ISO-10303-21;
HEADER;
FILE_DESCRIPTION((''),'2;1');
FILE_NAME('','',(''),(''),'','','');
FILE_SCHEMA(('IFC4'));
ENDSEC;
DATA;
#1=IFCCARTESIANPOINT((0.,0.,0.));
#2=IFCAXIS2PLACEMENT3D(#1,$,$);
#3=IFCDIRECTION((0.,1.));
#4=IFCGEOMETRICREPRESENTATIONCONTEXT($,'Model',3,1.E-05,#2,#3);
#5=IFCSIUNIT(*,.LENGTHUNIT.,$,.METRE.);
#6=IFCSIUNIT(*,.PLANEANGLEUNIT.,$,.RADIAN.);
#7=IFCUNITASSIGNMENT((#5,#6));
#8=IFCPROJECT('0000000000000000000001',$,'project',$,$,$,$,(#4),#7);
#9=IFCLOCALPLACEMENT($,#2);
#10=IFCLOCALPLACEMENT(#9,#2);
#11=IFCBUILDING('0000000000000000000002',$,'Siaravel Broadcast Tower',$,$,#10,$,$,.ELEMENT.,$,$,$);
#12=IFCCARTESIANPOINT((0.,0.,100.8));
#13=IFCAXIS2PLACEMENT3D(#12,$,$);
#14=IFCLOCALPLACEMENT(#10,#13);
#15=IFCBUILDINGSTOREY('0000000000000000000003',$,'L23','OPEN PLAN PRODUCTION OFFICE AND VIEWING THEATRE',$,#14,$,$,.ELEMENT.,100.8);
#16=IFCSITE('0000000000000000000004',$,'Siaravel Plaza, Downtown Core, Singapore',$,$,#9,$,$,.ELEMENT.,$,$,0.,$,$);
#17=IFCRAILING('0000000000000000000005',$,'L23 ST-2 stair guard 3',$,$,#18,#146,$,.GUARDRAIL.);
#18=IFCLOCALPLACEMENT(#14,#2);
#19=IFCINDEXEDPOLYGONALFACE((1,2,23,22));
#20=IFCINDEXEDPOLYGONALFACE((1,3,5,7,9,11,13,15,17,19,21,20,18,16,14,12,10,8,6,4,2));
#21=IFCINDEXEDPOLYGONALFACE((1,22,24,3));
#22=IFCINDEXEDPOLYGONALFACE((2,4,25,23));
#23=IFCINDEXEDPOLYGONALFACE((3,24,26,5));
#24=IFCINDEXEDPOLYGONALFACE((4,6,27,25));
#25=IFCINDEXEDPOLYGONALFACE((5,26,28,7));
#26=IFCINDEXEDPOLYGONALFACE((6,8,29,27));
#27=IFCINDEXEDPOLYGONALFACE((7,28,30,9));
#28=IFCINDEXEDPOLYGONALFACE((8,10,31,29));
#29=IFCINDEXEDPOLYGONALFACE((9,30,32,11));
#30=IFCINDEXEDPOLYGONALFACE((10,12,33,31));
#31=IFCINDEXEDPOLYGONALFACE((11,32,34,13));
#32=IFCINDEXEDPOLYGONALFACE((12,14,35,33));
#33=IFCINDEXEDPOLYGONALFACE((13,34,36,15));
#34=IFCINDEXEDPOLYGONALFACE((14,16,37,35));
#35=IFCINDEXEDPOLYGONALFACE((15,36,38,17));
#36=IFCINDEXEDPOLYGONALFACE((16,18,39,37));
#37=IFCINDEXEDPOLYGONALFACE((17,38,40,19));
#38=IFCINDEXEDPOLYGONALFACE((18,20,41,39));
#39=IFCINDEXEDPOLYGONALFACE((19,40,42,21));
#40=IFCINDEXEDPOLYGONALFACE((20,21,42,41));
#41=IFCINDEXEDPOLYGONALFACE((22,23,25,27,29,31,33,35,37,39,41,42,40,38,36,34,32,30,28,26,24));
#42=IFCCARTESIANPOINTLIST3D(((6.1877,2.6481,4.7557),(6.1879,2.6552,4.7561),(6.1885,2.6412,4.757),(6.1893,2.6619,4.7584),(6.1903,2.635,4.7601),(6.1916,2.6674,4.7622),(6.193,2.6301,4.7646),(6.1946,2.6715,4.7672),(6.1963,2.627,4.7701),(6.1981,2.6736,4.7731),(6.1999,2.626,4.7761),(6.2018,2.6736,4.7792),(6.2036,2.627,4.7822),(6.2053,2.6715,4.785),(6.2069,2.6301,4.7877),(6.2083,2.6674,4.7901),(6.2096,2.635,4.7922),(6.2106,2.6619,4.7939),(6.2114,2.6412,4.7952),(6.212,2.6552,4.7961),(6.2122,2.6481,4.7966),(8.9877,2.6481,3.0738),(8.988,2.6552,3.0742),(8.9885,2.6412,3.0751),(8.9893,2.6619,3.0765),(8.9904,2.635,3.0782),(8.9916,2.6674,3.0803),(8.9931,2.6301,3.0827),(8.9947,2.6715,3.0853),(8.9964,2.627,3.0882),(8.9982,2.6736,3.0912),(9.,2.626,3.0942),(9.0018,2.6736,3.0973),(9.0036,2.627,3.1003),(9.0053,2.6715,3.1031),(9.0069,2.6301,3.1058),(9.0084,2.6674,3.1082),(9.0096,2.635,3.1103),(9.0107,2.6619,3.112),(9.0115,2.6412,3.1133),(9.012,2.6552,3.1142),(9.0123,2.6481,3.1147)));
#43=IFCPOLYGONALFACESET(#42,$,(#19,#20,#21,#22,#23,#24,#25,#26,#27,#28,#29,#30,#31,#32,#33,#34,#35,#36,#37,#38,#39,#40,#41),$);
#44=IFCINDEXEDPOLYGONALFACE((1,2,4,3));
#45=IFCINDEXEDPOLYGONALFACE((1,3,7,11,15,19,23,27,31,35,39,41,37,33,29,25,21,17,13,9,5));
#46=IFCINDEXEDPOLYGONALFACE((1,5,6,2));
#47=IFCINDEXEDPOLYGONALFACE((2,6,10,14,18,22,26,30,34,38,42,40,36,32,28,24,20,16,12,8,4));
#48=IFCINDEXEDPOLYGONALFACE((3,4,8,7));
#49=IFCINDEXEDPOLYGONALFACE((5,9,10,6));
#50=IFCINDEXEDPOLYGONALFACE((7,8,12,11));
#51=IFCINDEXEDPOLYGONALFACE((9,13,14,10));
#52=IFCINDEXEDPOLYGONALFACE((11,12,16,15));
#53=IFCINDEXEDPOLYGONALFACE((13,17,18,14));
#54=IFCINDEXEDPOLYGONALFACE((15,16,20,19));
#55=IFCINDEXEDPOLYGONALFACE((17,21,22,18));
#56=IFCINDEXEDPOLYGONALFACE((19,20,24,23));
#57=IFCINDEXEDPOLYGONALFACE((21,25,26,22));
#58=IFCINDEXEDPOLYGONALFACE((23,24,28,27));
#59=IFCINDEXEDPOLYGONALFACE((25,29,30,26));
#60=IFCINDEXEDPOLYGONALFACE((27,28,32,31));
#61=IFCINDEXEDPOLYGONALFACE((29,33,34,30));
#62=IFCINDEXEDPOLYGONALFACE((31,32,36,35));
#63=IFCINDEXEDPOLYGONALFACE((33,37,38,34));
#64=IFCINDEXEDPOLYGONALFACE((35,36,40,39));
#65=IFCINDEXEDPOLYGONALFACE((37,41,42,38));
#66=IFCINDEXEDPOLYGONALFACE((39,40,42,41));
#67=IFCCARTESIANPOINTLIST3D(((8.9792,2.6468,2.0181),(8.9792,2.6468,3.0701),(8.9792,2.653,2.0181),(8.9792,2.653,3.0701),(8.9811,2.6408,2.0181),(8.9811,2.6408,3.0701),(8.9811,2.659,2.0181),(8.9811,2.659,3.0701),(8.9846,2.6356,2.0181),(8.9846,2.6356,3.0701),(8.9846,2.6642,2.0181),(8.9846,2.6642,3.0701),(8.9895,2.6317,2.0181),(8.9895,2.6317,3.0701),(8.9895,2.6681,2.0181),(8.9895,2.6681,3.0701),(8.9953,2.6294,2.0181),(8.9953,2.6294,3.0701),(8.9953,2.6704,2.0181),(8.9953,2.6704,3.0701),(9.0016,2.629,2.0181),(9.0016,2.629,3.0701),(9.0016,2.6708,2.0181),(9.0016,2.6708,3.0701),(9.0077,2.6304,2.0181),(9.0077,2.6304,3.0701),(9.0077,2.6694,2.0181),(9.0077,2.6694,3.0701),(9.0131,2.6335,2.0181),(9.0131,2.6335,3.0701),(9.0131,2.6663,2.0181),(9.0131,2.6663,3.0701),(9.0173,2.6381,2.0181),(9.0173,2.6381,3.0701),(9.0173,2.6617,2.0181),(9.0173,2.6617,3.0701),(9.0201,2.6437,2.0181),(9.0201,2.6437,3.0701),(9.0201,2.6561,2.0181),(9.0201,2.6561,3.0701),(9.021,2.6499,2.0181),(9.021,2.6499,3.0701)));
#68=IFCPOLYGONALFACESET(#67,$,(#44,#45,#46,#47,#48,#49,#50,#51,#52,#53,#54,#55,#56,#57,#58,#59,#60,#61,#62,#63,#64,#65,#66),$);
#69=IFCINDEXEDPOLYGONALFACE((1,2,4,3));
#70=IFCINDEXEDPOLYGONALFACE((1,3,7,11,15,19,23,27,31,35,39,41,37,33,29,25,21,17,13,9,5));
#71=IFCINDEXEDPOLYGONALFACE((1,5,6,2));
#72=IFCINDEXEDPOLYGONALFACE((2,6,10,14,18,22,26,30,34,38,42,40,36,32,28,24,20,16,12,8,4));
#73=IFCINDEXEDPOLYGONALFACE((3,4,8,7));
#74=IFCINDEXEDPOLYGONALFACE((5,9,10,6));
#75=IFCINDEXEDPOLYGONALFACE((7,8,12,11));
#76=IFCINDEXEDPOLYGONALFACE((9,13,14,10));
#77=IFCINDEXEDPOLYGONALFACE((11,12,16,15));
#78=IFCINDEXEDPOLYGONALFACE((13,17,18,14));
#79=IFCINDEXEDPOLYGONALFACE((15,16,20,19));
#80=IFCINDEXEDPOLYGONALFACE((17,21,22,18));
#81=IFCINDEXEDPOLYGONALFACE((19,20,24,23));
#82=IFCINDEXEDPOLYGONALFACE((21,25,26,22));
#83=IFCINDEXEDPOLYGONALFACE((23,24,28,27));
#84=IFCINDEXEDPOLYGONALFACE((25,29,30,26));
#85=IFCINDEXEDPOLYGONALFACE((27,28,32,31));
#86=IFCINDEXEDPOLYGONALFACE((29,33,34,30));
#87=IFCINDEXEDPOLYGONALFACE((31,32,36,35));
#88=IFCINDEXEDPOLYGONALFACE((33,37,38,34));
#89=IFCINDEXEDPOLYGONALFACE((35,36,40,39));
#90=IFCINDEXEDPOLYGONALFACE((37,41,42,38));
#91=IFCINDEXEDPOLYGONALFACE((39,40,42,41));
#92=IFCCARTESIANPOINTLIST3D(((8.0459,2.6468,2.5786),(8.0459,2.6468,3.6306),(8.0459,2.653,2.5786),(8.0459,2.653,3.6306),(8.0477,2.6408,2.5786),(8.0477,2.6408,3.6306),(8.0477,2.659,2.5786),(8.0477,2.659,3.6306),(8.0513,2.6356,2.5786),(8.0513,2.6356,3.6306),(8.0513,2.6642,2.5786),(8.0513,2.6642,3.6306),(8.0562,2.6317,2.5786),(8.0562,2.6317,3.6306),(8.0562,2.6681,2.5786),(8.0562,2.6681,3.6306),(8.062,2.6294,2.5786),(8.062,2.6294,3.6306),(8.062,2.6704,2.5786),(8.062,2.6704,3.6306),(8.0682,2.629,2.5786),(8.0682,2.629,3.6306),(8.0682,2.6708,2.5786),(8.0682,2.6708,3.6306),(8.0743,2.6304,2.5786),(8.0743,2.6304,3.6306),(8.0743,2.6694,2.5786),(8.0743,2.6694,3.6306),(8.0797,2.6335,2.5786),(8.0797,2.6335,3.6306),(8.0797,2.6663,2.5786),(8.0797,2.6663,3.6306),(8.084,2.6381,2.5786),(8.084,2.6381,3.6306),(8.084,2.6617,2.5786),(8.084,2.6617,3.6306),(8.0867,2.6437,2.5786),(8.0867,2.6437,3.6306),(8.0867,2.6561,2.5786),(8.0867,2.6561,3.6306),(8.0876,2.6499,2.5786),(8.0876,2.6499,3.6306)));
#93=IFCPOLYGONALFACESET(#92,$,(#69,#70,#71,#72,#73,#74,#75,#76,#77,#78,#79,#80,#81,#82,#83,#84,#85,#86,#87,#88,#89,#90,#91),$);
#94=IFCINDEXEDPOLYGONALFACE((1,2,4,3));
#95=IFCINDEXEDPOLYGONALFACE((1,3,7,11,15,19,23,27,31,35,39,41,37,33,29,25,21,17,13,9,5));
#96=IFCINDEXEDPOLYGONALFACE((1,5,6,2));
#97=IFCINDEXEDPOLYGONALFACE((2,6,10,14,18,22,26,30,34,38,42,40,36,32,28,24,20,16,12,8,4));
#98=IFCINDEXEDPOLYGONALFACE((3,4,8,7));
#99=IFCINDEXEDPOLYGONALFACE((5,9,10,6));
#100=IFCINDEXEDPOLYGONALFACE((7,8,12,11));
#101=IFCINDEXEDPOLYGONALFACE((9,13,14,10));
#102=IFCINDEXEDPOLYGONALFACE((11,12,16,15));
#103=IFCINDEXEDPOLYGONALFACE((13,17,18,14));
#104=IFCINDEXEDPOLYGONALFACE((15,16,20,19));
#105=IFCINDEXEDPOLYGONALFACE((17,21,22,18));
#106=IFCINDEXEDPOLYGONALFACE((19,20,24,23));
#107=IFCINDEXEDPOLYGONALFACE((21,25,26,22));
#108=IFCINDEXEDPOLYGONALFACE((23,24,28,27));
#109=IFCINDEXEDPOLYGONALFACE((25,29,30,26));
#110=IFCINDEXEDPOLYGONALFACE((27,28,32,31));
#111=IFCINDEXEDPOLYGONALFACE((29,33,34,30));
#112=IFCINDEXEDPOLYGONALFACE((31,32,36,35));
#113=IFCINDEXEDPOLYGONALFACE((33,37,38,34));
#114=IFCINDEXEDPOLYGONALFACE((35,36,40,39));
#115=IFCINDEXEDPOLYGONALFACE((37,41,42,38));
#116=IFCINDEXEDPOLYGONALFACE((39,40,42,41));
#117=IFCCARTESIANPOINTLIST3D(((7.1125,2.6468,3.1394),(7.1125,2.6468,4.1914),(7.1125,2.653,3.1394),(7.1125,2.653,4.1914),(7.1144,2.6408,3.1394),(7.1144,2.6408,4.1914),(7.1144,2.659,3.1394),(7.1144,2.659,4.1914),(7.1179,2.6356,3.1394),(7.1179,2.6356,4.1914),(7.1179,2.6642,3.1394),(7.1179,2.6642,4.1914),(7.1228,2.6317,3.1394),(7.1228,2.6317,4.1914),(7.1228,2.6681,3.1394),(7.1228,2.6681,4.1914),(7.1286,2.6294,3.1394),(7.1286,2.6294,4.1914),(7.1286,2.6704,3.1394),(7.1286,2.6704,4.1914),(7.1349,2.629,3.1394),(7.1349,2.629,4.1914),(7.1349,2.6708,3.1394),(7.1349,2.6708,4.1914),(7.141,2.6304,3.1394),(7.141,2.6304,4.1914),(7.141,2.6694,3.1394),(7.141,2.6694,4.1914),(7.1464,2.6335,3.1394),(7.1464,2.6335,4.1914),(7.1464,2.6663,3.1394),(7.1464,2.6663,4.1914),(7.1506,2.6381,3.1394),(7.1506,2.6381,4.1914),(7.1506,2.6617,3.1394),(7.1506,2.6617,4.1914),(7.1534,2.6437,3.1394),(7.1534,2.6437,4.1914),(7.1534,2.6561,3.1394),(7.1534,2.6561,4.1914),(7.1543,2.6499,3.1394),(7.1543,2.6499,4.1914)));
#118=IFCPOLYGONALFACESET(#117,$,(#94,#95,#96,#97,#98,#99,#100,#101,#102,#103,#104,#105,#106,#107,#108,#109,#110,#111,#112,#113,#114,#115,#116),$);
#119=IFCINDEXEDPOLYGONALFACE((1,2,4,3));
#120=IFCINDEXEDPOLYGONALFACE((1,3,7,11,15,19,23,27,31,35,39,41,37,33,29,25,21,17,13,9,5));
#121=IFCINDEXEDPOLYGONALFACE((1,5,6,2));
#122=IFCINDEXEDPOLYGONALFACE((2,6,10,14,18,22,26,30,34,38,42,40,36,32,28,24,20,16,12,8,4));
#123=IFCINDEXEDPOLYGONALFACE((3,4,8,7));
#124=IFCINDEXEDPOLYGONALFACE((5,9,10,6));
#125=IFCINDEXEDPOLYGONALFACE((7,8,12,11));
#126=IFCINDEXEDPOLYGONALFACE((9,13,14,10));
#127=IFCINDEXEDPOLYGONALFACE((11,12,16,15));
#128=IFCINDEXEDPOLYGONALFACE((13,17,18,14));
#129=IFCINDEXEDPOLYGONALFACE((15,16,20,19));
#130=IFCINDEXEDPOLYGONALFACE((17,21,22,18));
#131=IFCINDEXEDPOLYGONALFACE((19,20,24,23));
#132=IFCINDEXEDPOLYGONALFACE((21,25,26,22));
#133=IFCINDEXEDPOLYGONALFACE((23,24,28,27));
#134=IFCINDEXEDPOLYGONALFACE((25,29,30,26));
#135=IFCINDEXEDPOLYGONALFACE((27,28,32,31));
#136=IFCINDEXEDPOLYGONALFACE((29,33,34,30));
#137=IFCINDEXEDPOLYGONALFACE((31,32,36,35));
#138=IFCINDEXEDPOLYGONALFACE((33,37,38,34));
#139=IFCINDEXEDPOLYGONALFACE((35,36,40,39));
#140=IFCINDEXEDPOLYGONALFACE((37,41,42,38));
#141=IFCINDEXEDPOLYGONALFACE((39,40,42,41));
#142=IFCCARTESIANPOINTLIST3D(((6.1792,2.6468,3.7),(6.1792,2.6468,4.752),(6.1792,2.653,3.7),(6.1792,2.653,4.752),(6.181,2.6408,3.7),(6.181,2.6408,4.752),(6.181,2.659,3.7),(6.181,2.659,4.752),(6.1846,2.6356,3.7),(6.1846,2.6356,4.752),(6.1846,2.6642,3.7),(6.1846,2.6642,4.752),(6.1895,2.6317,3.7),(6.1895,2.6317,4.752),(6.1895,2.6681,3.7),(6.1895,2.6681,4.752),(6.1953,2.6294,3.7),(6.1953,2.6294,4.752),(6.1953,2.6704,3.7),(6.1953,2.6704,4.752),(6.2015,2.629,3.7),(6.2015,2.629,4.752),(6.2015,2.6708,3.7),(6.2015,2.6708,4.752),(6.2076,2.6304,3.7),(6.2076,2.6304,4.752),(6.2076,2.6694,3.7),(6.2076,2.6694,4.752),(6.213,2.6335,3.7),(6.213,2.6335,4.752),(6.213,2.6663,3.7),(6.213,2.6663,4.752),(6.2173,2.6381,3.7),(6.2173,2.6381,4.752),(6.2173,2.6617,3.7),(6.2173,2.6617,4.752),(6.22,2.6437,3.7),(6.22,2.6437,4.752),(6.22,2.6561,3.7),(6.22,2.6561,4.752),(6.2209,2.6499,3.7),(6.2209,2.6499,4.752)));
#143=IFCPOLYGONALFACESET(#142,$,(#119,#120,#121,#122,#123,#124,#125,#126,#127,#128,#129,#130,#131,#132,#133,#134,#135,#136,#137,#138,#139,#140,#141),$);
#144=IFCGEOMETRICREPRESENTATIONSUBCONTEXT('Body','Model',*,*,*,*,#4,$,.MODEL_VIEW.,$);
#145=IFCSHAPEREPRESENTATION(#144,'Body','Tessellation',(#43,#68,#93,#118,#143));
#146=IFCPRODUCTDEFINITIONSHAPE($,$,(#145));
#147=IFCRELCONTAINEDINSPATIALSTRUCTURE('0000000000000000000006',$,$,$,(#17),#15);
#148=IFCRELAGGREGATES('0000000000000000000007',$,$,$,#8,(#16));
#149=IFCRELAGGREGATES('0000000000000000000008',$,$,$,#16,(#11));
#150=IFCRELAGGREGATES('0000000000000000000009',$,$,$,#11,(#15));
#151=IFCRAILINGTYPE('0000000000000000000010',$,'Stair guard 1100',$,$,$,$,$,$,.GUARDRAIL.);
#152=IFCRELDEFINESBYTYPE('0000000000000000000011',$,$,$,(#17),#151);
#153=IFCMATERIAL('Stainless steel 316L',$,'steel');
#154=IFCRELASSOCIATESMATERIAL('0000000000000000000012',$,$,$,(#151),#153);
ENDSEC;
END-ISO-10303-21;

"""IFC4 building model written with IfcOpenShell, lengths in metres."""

from ifc_helpers import new_model, si_unit, direction, frame, origin, origin_2d, place, context, subcontext, project, spatial, circle, extrude, material, type_object, element, save


model = new_model("IFC4")

# Units and contexts
model_context = context("Model", 3, precision=1e-05, world=origin(), true_north=direction((0.0, 1.0)))
body_context = subcontext(model_context, "Body", "Model", "MODEL_VIEW")
ifc_project = project(units=[si_unit("LENGTHUNIT", "METRE"), si_unit("PLANEANGLEUNIT", "RADIAN")], contexts=[model_context])

# Site, building, storey
site_placement = place(None, origin())
site = spatial("IfcSite", under=ifc_project, at=site_placement, Name="Siaravel Plaza, Downtown Core, Singapore", CompositionType="ELEMENT", RefElevation=0.0)
building_placement = place(site_placement, origin())
building = spatial("IfcBuilding", under=site, at=building_placement, Name="Siaravel Broadcast Tower", CompositionType="ELEMENT")
storey_placement = place(building_placement, frame((0.0, 0.0, 100.8)))
storey = spatial("IfcBuildingStorey", under=building, at=storey_placement, Name="L23", Description="OPEN PLAN PRODUCTION OFFICE AND VIEWING THEATRE", CompositionType="ELEMENT", Elevation=100.8)

# Railing
ifc_material_1 = material(Name="Stainless steel 316L", Category="steel")
railing_type_1 = type_object("IfcRailingType", Name="Stair guard 1100", PredefinedType="GUARDRAIL", material=ifc_material_1)
railing_1_placement = place(storey_placement, frame((9.0, 2.6499, 2.0181)))
element("IfcRailing", 1, at=railing_1_placement, inside=storey, type_object=railing_type_1, Name="L23 ST-2 stair guard 3", PredefinedType="GUARDRAIL", context=body_context, shape_type="SweptSolid", body=[
    extrude(circle(Radius=0.0239, at=origin_2d()), frame((0.0, 0.0, 1.0762), z_axis=(-0.857242, 0.0, 0.514913), x_axis=(0.0, -1.0, 0.0)), (0.0, 0.0, 1.0), 3.2664),
    extrude(circle(Radius=0.021, at=origin_2d()), origin(), (0.0, 0.0, 1.0), 1.052),
    extrude(circle(Radius=0.021, at=origin_2d()), frame((-0.9333, 0.0, 0.5605)), (0.0, 0.0, 1.0), 1.052),
    extrude(circle(Radius=0.021, at=origin_2d()), frame((-1.8667, 0.0, 1.1213)), (0.0, 0.0, 1.0), 1.052),
    extrude(circle(Radius=0.021, at=origin_2d()), frame((-2.8, 0.0, 1.6819)), (0.0, 0.0, 1.0), 1.052),
])

save(model, "model.ifc")
